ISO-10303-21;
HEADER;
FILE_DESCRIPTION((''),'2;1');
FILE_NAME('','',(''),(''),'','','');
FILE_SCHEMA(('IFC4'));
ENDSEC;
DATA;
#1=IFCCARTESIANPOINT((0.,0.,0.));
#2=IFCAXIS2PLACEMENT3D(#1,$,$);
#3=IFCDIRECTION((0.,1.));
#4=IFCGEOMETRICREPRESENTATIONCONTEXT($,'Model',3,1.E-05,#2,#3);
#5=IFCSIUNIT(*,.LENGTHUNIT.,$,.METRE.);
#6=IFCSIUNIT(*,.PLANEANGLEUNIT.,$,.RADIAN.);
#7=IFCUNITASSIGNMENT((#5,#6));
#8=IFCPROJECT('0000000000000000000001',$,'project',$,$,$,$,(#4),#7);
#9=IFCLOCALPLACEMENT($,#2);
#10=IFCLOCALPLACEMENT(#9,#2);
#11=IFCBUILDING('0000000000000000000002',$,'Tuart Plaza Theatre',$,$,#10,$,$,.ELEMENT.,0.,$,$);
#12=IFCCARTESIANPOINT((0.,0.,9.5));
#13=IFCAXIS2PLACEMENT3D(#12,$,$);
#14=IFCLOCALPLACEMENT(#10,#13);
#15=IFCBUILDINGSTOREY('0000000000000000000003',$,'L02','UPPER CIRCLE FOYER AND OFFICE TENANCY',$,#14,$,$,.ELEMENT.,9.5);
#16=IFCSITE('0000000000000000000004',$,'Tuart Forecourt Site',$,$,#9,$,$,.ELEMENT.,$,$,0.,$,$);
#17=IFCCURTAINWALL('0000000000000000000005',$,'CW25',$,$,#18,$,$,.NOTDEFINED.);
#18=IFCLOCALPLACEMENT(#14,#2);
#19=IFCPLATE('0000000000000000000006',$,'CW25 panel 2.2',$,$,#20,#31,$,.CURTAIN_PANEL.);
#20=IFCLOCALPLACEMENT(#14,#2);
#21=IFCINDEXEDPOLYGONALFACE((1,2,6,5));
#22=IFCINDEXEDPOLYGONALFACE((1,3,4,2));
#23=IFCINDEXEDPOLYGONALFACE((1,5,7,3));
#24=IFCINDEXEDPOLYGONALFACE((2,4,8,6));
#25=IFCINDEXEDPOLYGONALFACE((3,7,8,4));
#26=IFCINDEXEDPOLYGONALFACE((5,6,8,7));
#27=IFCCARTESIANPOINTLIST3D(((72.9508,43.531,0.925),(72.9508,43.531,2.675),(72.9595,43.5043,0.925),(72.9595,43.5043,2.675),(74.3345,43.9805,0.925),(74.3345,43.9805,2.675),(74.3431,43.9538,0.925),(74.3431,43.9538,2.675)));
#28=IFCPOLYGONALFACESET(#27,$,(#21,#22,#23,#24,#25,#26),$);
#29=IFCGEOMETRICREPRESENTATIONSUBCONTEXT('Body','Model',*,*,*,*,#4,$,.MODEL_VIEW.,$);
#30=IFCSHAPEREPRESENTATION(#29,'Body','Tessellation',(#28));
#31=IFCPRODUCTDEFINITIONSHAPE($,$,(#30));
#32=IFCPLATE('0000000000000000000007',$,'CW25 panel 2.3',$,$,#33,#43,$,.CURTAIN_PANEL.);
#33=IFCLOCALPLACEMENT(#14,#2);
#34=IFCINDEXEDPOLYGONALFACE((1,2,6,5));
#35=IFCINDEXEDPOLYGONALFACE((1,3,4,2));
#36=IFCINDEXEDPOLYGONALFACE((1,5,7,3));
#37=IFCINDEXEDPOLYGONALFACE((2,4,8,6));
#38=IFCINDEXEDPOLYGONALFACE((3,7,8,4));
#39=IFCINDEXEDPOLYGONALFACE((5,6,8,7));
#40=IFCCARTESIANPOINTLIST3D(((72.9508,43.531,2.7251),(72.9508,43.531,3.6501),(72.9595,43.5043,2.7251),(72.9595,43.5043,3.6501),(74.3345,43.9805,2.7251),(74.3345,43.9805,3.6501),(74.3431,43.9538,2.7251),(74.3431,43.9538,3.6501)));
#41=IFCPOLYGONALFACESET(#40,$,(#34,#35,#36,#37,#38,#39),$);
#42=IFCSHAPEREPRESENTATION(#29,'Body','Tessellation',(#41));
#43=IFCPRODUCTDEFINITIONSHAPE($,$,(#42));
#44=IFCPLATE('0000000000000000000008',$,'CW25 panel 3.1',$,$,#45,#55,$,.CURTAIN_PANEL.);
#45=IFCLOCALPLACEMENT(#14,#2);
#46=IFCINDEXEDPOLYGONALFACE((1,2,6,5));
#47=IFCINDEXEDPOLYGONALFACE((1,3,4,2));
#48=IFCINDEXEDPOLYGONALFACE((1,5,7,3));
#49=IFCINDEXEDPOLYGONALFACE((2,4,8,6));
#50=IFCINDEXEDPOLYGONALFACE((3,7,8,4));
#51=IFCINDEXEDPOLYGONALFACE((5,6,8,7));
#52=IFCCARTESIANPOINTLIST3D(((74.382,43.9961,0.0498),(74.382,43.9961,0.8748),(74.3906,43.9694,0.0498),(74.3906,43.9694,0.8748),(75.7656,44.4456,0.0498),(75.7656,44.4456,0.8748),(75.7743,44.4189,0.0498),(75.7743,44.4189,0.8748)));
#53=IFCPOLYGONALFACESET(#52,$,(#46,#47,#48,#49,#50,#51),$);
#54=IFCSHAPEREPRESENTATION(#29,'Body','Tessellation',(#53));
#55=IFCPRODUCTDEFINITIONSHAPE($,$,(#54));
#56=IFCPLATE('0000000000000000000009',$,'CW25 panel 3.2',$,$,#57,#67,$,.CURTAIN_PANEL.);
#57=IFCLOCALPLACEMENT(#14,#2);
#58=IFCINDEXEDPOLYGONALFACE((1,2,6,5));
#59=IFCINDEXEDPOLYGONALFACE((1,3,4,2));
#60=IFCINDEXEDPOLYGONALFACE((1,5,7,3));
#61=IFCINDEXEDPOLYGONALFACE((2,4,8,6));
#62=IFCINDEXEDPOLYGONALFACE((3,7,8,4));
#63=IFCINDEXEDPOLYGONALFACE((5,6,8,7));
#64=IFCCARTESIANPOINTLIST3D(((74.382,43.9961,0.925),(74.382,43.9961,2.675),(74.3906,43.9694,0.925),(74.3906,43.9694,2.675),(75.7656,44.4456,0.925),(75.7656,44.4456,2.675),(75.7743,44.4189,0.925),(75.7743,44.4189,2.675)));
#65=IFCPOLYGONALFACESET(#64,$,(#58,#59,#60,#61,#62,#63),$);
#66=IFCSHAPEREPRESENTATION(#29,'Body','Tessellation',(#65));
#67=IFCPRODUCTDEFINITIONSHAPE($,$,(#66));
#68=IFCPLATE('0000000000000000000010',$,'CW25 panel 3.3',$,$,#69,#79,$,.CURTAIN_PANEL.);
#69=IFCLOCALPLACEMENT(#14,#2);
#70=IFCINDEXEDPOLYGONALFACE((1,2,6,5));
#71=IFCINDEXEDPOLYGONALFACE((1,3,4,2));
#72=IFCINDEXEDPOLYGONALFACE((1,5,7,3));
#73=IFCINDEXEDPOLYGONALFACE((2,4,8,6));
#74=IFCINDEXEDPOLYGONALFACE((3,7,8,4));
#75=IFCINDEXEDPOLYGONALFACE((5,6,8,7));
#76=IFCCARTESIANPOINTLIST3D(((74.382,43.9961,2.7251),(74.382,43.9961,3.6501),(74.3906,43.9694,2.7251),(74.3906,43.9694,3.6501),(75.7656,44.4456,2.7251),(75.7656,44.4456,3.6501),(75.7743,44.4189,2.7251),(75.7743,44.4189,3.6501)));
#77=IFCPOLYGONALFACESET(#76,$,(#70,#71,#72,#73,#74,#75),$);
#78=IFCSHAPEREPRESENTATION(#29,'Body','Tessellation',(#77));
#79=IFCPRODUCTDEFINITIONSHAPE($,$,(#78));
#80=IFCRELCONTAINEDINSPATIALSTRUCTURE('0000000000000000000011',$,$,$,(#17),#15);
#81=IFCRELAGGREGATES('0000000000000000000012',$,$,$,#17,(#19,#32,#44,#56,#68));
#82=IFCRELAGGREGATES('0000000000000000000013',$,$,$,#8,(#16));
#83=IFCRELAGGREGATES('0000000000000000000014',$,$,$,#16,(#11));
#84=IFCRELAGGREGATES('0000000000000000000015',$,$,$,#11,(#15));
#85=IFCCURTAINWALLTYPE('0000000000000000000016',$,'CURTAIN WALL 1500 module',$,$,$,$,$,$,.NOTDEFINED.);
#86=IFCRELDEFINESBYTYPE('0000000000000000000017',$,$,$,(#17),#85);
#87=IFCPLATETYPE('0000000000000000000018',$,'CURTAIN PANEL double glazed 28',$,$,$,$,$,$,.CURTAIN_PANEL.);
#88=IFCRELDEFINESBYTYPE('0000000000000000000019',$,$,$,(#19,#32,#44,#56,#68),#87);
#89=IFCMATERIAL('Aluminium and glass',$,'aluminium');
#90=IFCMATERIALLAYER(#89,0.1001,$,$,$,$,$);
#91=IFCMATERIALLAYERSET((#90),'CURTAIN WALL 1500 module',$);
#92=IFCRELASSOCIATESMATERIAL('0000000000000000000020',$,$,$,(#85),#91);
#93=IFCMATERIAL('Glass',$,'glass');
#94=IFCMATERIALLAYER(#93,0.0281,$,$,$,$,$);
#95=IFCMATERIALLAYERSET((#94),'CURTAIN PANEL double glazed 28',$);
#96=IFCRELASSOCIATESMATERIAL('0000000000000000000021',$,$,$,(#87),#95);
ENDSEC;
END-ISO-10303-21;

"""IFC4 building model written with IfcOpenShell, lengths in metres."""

from ifc_helpers import new_model, si_unit, direction, frame, origin, origin_2d, place, context, subcontext, project, spatial, rectangle, extrude, material, layer, layer_set, type_object, element, aggregate, save


model = new_model("IFC4")

# Units and contexts
model_context = context("Model", 3, precision=1e-05, world=origin(), true_north=direction((0.0, 1.0)))
body_context = subcontext(model_context, "Body", "Model", "MODEL_VIEW")
ifc_project = project(units=[si_unit("LENGTHUNIT", "METRE"), si_unit("PLANEANGLEUNIT", "RADIAN")], contexts=[model_context])

# Site, building, storey
site_placement = place(None, origin())
site = spatial("IfcSite", under=ifc_project, at=site_placement, Name="Tuart Forecourt Site", CompositionType="ELEMENT", RefElevation=0.0)
building_placement = place(site_placement, origin())
building = spatial("IfcBuilding", under=site, at=building_placement, Name="Tuart Plaza Theatre", CompositionType="ELEMENT", ElevationOfRefHeight=0.0)
storey_placement = place(building_placement, frame((0.0, 0.0, 9.5)))
storey = spatial("IfcBuildingStorey", under=building, at=storey_placement, Name="L02", Description="UPPER CIRCLE FOYER AND OFFICE TENANCY", CompositionType="ELEMENT", Elevation=9.5)

# Curtain wall, plates
ifc_material_1 = material(Name="Aluminium and glass", Category="aluminium")
ifc_layer_1 = layer(ifc_material_1, 0.1001)
ifc_layer_set_1 = layer_set([ifc_layer_1], Name="CURTAIN WALL 1500 module")
curtain_wall_type = type_object("IfcCurtainWallType", Name="CURTAIN WALL 1500 module", PredefinedType="NOTDEFINED", material=ifc_layer_set_1)
curtain_wall_placement = place(storey_placement, origin())
curtain_wall = element("IfcCurtainWall", 1, at=curtain_wall_placement, inside=storey, type_object=curtain_wall_type, Name="CW25", PredefinedType="NOTDEFINED")
ifc_material_2 = material(Name="Glass", Category="glass")
ifc_layer_2 = layer(ifc_material_2, 0.0281)
ifc_layer_set_2 = layer_set([ifc_layer_2], Name="CURTAIN PANEL double glazed 28")
plate_type = type_object("IfcPlateType", Name="CURTAIN PANEL double glazed 28", PredefinedType="CURTAIN_PANEL", material=ifc_layer_set_2)
plate_1_placement = place(storey_placement, frame((73.647, 43.7424, 0.925), z_axis=(0.0, 0.0, 1.0), x_axis=(0.951067, 0.308986, 0.0)))
plate_1 = element("IfcPlate", 2, at=plate_1_placement, type_object=plate_type, Name="CW25 panel 2.2", PredefinedType="CURTAIN_PANEL", context=body_context, shape_type="SweptSolid", body=[
    extrude(rectangle(XDim=1.4548, YDim=0.0281, at=origin_2d()), origin(), (0.0, 0.0, 1.0), 1.75),
])
plate_2_placement = place(storey_placement, frame((73.647, 43.7424, 2.7251), z_axis=(0.0, 0.0, 1.0), x_axis=(0.951067, 0.308986, 0.0)))
plate_2 = element("IfcPlate", 3, at=plate_2_placement, type_object=plate_type, Name="CW25 panel 2.3", PredefinedType="CURTAIN_PANEL", context=body_context, shape_type="SweptSolid", body=[
    extrude(rectangle(XDim=1.4548, YDim=0.0281, at=origin_2d()), origin(), (0.0, 0.0, 1.0), 0.925),
])
plate_3_placement = place(storey_placement, frame((75.0781, 44.2075, 0.0498), z_axis=(0.0, 0.0, 1.0), x_axis=(0.951067, 0.308986, 0.0)))
plate_3 = element("IfcPlate", 4, at=plate_3_placement, type_object=plate_type, Name="CW25 panel 3.1", PredefinedType="CURTAIN_PANEL", context=body_context, shape_type="SweptSolid", body=[
    extrude(rectangle(XDim=1.4548, YDim=0.0281, at=origin_2d()), origin(), (0.0, 0.0, 1.0), 0.825),
])
plate_4_placement = place(storey_placement, frame((75.0781, 44.2075, 0.925), z_axis=(0.0, 0.0, 1.0), x_axis=(0.951067, 0.308986, 0.0)))
plate_4 = element("IfcPlate", 5, at=plate_4_placement, type_object=plate_type, Name="CW25 panel 3.2", PredefinedType="CURTAIN_PANEL", context=body_context, shape_type="SweptSolid", body=[
    extrude(rectangle(XDim=1.4548, YDim=0.0281, at=origin_2d()), origin(), (0.0, 0.0, 1.0), 1.75),
])
plate_5_placement = place(storey_placement, frame((75.0781, 44.2075, 2.7251), z_axis=(0.0, 0.0, 1.0), x_axis=(0.951067, 0.308986, 0.0)))
plate_5 = element("IfcPlate", 6, at=plate_5_placement, type_object=plate_type, Name="CW25 panel 3.3", PredefinedType="CURTAIN_PANEL", context=body_context, shape_type="SweptSolid", body=[
    extrude(rectangle(XDim=1.4548, YDim=0.0281, at=origin_2d()), origin(), (0.0, 0.0, 1.0), 0.925),
])
aggregate(curtain_wall, [plate_1, plate_2, plate_3, plate_4, plate_5])

save(model, "model.ifc")
